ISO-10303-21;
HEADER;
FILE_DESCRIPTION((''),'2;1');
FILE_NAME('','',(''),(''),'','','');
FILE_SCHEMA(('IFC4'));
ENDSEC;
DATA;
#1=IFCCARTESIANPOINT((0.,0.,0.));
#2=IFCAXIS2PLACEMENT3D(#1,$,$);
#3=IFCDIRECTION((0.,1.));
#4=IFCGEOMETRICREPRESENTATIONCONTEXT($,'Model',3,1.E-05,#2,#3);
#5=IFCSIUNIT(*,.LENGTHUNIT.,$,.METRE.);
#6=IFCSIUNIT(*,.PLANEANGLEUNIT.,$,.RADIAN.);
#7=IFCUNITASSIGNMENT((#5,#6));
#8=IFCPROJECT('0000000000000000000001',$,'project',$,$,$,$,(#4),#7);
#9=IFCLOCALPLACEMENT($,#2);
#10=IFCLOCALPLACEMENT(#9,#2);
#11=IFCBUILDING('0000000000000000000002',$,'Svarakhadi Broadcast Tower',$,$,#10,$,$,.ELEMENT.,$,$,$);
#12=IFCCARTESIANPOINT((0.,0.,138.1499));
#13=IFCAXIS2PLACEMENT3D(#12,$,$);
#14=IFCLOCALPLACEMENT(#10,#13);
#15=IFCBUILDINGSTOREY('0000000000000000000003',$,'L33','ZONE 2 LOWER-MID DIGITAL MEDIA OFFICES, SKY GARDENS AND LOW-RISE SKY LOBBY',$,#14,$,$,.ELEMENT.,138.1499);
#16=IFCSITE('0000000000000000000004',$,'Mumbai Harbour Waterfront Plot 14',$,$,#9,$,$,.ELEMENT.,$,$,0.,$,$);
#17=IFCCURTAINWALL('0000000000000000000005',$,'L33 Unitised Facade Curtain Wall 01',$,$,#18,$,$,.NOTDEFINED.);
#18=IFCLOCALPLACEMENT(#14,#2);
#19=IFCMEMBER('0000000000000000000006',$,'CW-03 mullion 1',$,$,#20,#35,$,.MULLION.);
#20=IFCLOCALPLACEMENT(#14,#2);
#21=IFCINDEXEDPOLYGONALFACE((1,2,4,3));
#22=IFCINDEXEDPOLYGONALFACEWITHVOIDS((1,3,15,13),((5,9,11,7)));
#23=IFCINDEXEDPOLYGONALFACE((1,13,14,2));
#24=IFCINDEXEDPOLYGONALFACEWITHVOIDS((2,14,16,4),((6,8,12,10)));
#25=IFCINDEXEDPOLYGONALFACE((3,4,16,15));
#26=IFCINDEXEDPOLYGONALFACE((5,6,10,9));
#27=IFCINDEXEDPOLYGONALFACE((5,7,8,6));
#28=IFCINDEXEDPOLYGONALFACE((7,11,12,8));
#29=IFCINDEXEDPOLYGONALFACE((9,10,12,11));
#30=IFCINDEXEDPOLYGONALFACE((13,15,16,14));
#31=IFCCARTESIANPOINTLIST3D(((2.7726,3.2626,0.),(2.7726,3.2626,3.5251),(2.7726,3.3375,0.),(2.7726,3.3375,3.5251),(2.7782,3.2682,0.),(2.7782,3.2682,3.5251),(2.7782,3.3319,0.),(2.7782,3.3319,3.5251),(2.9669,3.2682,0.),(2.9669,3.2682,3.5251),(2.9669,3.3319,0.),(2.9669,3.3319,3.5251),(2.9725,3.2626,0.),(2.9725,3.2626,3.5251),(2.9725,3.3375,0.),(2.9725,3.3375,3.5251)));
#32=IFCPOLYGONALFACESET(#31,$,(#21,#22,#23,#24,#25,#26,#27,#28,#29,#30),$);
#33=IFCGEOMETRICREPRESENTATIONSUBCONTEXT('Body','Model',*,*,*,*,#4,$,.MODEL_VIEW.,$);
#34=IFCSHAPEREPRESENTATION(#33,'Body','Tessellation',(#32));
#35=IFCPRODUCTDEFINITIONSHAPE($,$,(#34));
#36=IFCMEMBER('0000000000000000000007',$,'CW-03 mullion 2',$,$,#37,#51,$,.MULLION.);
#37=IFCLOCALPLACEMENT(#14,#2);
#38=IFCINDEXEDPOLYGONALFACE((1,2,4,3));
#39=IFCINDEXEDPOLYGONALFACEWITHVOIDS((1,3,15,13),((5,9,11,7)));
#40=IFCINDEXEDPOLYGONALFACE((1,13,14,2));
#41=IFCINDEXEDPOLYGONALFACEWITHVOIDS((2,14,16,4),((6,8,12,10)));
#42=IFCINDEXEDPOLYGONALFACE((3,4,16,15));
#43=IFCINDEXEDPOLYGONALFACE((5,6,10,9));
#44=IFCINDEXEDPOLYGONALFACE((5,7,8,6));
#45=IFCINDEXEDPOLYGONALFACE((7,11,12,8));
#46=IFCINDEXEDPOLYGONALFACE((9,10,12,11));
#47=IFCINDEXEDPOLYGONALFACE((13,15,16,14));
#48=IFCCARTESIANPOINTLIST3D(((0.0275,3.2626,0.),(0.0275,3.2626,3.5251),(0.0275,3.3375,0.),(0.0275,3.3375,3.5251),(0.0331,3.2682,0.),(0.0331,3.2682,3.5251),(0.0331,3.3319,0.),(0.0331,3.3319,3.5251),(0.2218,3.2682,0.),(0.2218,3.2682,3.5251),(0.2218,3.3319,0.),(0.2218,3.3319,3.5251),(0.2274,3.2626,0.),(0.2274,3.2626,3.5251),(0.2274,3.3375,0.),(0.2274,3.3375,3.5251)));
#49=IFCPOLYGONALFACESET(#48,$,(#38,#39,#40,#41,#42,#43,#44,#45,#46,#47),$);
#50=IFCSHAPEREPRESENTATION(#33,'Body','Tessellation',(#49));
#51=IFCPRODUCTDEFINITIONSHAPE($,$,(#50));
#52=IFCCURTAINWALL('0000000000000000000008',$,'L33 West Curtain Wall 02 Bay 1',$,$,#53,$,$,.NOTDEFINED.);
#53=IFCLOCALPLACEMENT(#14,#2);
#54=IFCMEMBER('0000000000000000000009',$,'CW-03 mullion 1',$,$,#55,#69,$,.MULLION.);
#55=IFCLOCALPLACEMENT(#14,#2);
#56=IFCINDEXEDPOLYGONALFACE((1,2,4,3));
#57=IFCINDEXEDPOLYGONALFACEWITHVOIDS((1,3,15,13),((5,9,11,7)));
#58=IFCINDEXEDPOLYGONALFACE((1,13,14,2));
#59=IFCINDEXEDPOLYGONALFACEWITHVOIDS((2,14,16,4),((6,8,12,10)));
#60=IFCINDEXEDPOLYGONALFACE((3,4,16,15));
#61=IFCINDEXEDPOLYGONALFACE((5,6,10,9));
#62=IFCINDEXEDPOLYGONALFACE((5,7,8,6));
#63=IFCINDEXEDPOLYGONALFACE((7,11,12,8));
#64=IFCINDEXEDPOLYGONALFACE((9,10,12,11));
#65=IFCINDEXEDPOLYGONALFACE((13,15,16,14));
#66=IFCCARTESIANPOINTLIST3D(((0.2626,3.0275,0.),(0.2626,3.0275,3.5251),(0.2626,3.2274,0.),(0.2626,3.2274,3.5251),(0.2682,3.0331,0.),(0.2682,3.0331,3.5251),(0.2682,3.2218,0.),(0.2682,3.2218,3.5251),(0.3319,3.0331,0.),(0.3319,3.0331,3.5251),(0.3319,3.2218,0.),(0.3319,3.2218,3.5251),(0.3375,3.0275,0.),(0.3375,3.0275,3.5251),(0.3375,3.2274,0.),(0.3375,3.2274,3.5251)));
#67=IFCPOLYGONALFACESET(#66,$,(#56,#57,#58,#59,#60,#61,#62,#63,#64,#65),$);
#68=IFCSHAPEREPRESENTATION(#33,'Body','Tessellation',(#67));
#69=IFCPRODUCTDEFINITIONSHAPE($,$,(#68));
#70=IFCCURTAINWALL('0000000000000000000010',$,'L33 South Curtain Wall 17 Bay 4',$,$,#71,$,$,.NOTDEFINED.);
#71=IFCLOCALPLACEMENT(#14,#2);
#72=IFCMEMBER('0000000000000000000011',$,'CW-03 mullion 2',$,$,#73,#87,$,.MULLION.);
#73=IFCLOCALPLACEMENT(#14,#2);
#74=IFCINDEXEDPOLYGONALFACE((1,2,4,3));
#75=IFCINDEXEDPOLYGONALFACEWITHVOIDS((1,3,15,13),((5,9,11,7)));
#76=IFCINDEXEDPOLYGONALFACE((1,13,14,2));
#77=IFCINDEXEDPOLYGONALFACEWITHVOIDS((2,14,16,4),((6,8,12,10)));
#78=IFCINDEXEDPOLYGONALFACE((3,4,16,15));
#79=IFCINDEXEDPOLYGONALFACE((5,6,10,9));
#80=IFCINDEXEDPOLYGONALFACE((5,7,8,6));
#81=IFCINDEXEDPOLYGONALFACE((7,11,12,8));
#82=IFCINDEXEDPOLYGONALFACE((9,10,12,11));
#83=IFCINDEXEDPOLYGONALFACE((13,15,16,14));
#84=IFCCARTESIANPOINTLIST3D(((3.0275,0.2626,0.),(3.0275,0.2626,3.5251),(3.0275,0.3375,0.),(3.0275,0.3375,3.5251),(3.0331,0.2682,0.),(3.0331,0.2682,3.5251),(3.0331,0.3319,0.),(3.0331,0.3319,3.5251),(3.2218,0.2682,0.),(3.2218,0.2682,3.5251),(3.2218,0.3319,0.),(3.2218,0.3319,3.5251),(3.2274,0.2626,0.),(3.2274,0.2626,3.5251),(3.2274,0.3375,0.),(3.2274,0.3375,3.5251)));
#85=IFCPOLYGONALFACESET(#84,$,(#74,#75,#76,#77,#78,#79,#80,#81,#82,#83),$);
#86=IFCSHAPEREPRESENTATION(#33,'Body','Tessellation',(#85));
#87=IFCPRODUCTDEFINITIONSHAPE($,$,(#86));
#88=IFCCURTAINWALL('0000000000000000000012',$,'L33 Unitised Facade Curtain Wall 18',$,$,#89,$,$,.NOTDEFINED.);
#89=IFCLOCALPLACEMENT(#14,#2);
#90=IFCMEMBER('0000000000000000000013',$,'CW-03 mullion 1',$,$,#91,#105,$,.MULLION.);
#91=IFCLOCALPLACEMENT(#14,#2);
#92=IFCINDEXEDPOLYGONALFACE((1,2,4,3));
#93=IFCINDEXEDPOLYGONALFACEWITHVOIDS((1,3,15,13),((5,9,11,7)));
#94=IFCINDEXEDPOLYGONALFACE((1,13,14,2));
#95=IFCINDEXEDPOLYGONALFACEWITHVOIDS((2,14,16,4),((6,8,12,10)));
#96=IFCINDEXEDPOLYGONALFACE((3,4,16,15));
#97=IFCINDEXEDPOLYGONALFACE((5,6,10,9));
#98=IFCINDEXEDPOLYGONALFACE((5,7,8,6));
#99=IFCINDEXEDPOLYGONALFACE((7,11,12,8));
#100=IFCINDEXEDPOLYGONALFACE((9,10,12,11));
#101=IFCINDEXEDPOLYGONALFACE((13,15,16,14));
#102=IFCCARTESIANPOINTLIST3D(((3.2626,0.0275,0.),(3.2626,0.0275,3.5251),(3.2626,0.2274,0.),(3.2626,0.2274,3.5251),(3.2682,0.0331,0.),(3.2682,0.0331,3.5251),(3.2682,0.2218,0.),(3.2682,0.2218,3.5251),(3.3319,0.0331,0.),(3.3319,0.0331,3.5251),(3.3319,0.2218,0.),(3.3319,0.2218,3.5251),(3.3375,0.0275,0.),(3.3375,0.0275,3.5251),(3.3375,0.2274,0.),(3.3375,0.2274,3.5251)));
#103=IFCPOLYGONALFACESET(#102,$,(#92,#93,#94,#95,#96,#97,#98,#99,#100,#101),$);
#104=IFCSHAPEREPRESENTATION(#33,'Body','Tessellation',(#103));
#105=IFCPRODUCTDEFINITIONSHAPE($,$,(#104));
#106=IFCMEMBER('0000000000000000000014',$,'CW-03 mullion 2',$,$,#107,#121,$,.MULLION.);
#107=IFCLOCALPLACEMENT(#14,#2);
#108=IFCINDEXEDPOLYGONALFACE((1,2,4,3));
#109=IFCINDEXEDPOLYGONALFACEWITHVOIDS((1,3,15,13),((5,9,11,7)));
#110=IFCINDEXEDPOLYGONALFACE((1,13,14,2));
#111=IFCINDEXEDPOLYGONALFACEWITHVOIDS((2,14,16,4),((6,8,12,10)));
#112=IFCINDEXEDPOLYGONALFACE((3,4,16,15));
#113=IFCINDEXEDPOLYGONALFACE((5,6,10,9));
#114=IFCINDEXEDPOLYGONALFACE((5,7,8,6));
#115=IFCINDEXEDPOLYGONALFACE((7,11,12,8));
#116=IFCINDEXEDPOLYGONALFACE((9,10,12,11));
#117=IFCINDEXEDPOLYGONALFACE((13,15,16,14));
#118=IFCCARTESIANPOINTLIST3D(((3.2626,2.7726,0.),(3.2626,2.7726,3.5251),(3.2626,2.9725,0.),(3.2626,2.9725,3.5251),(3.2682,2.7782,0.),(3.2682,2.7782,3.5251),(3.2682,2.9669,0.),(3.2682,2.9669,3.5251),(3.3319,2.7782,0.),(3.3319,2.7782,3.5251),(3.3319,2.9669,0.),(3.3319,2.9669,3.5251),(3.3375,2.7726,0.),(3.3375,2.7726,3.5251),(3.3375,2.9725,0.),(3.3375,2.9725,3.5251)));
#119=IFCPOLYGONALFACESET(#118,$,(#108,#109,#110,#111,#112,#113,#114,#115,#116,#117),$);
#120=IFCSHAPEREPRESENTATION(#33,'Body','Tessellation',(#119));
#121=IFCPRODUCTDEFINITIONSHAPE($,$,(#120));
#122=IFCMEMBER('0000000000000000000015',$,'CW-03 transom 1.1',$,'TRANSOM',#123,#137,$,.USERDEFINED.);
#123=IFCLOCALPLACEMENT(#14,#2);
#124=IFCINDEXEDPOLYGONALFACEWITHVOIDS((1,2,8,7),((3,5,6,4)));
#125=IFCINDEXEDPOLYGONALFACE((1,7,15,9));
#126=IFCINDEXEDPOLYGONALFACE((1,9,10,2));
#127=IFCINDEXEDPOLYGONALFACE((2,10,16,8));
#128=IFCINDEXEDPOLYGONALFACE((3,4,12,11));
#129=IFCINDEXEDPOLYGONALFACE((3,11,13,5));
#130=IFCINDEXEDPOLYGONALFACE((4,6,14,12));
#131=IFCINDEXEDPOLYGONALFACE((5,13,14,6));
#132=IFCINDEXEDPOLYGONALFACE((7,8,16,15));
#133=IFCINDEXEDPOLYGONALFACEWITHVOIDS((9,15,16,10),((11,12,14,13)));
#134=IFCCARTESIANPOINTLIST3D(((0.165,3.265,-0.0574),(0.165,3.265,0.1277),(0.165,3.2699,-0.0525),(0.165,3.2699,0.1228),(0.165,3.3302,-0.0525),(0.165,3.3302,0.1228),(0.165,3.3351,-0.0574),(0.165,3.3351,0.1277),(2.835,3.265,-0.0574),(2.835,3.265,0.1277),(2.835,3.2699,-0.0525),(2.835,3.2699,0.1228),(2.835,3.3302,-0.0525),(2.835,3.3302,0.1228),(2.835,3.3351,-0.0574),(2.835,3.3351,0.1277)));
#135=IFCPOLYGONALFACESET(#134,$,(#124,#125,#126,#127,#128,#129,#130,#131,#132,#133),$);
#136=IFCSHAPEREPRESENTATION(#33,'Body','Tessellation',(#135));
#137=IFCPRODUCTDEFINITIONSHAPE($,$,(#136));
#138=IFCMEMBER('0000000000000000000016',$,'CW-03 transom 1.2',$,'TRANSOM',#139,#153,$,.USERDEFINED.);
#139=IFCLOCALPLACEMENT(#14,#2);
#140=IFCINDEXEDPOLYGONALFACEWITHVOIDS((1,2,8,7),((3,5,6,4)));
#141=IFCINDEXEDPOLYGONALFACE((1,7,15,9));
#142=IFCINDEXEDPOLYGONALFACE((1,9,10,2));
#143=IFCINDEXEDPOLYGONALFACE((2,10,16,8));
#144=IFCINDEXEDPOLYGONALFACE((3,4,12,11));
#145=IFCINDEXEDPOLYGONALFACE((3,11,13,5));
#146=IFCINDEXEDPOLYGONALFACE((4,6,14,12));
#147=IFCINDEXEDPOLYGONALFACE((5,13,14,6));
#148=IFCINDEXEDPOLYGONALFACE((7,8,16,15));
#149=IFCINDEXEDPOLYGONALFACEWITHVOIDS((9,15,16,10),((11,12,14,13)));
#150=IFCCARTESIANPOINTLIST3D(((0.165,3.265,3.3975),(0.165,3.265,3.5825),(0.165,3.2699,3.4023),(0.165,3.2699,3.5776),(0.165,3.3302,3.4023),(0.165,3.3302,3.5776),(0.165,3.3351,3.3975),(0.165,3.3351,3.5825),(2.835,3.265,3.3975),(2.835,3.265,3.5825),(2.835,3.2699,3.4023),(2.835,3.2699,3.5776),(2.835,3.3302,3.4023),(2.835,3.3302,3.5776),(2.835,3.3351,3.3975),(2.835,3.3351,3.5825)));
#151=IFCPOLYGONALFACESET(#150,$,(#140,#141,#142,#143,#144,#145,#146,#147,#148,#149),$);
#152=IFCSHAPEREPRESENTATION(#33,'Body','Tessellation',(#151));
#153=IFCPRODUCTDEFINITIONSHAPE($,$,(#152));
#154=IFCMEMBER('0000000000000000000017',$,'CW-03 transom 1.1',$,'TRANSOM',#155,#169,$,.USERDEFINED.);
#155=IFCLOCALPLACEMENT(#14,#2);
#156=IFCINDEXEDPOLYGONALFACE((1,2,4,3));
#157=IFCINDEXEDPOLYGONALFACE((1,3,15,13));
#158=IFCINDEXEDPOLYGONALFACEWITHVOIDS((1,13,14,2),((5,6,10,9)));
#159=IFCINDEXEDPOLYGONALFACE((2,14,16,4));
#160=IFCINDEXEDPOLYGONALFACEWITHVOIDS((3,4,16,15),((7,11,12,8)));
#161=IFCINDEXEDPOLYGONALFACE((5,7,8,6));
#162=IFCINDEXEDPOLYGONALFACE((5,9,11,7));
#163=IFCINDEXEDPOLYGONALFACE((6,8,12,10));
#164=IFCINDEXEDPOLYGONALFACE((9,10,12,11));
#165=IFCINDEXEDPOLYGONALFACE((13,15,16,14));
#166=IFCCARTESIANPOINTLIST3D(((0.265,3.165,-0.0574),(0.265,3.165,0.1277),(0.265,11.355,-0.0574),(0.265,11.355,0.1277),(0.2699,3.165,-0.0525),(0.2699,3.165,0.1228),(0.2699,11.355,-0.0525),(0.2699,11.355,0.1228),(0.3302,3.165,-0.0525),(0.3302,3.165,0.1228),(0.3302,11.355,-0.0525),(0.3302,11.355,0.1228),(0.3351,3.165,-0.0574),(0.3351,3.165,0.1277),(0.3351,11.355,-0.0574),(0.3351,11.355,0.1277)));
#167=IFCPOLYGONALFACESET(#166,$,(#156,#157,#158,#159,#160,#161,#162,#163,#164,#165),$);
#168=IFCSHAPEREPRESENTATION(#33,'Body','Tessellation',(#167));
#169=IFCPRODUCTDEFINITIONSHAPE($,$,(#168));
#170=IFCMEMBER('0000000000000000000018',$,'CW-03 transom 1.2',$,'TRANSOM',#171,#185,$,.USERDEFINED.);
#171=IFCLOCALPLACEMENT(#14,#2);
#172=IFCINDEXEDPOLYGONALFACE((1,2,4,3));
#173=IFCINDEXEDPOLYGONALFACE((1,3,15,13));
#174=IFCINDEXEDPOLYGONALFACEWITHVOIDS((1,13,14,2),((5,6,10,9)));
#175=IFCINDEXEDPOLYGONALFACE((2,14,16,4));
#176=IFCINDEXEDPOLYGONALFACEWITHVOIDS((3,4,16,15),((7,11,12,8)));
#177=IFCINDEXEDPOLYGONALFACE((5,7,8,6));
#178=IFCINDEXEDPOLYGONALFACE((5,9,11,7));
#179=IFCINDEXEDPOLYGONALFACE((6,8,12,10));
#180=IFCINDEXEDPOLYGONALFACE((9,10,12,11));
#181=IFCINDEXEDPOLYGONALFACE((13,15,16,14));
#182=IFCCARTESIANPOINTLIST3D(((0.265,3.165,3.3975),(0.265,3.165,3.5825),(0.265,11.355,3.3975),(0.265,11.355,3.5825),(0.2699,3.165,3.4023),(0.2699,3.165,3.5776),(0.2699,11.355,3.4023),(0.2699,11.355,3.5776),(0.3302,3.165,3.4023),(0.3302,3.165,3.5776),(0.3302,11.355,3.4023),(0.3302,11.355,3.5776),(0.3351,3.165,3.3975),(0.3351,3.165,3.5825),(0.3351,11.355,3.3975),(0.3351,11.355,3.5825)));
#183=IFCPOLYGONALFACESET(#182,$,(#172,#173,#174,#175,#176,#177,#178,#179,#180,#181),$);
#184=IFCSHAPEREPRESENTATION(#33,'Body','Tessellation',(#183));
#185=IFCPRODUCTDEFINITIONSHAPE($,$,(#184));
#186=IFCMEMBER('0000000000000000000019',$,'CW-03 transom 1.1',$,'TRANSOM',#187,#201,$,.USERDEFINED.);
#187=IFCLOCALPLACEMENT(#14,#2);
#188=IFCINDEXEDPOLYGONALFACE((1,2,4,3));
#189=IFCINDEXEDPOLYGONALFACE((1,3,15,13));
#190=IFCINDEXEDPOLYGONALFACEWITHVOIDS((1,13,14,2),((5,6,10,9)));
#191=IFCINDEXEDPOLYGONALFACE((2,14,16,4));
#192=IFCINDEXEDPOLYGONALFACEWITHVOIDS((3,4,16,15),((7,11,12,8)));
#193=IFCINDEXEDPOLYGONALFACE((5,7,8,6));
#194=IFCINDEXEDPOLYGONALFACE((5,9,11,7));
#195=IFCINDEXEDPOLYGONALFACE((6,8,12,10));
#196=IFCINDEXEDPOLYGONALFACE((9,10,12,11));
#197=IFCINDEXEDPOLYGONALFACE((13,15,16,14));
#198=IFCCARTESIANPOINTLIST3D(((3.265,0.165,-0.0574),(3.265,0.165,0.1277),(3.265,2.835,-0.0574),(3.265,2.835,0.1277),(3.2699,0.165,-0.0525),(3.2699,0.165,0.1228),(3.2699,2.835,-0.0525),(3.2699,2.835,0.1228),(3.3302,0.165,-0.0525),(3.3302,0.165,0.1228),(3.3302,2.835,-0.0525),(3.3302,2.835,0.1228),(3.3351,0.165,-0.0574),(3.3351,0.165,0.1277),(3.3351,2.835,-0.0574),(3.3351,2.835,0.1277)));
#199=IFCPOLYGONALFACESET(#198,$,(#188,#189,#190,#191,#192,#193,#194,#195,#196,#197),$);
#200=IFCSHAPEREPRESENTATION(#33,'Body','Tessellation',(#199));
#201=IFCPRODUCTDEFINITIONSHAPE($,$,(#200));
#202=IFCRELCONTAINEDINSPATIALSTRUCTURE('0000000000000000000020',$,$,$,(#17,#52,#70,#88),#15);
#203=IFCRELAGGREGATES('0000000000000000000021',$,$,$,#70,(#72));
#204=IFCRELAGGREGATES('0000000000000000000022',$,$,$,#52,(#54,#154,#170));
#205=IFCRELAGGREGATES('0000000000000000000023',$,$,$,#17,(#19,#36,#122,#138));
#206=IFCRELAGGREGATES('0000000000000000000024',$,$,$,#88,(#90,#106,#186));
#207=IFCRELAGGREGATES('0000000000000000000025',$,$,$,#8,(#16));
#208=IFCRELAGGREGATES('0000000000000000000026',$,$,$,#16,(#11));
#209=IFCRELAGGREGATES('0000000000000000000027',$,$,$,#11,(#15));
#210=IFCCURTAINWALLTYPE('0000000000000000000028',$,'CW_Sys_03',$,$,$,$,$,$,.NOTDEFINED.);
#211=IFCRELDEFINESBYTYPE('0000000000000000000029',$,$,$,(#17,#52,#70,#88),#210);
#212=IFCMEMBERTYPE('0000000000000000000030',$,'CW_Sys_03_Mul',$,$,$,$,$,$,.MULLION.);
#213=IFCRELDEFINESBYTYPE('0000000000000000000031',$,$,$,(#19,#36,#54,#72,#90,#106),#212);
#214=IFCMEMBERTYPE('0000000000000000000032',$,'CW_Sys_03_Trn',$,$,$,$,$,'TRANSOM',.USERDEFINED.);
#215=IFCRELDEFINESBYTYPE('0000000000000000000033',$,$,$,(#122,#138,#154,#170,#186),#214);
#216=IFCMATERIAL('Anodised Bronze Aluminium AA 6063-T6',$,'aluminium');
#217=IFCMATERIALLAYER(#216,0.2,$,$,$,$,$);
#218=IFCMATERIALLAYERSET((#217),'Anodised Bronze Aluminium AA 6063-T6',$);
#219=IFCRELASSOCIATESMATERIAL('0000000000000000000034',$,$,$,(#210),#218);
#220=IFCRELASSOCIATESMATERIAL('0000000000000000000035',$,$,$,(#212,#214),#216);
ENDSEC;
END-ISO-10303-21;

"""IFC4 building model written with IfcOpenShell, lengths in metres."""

from ifc_helpers import new_model, si_unit, direction, frame, origin, origin_2d, place, context, subcontext, project, spatial, hollow_rectangle, extrude, material, layer, layer_set, material_profile, profile_set, type_object, element, aggregate, save


model = new_model("IFC4")

# Units and contexts
model_context = context("Model", 3, precision=1e-05, world=origin(), true_north=direction((0.0, 1.0)))
body_context = subcontext(model_context, "Body", "Model", "MODEL_VIEW")
ifc_project = project(units=[si_unit("LENGTHUNIT", "METRE"), si_unit("PLANEANGLEUNIT", "RADIAN")], contexts=[model_context])

# Site, building, storey
site_placement = place(None, origin())
site = spatial("IfcSite", under=ifc_project, at=site_placement, Name="Mumbai Harbour Waterfront Plot 14", CompositionType="ELEMENT", RefElevation=0.0)
building_placement = place(site_placement, origin())
building = spatial("IfcBuilding", under=site, at=building_placement, Name="Svarakhadi Broadcast Tower", CompositionType="ELEMENT")
storey_placement = place(building_placement, frame((0.0, 0.0, 138.1499)))
storey = spatial("IfcBuildingStorey", under=building, at=storey_placement, Name="L33", Description="ZONE 2 LOWER-MID DIGITAL MEDIA OFFICES, SKY GARDENS AND LOW-RISE SKY LOBBY", CompositionType="ELEMENT", Elevation=138.1499)

# Curtain wall, members
ifc_material_1 = material(Name="Anodised Bronze Aluminium AA 6063-T6", Category="aluminium")
ifc_layer_1 = layer(ifc_material_1, 0.2)
ifc_layer_set_1 = layer_set([ifc_layer_1], Name="Anodised Bronze Aluminium AA 6063-T6")
curtain_wall_type = type_object("IfcCurtainWallType", Name="CW_Sys_03", PredefinedType="NOTDEFINED", material=ifc_layer_set_1)
curtain_wall_1_placement = place(storey_placement, origin())
curtain_wall_1 = element("IfcCurtainWall", 1, at=curtain_wall_1_placement, inside=storey, type_object=curtain_wall_type, Name="L33 Unitised Facade Curtain Wall 01", PredefinedType="NOTDEFINED")
ifc_material_profile_1 = material_profile(ifc_material_1, hollow_rectangle(XDim=0.075, YDim=0.2, WallThickness=0.0056, at=origin_2d()), Name="ALU MULLION 200x75x6")
ifc_profile_set_1 = profile_set([ifc_material_profile_1], Name="Anodised Bronze Aluminium AA 6063-T6")
member_type_1 = type_object("IfcMemberType", Name="CW_Sys_03_Mul", PredefinedType="MULLION", material=ifc_profile_set_1)
member_1_placement = place(storey_placement, frame((2.8726, 3.3, 0.0), z_axis=(0.0, 0.0, 1.0), x_axis=(0.0, -1.0, 0.0)))
member_1 = element("IfcMember", 2, at=member_1_placement, type_object=member_type_1, Name="CW-03 mullion 1", PredefinedType="MULLION", context=body_context, shape_type="SweptSolid", body=[
    extrude(hollow_rectangle(XDim=0.075, YDim=0.2, WallThickness=0.0056, at=origin_2d()), origin(), (0.0, 0.0, 1.0), 3.5251),
])
member_2_placement = place(storey_placement, frame((0.1274, 3.3, 0.0), z_axis=(0.0, 0.0, 1.0), x_axis=(0.0, -1.0, 0.0)))
member_2 = element("IfcMember", 3, at=member_2_placement, type_object=member_type_1, Name="CW-03 mullion 2", PredefinedType="MULLION", context=body_context, shape_type="SweptSolid", body=[
    extrude(hollow_rectangle(XDim=0.075, YDim=0.2, WallThickness=0.0056, at=origin_2d()), origin(), (0.0, 0.0, 1.0), 3.5251),
])

# Curtain walls, members
curtain_wall_2_placement = place(storey_placement, origin())
curtain_wall_2 = element("IfcCurtainWall", 4, at=curtain_wall_2_placement, inside=storey, type_object=curtain_wall_type, Name="L33 West Curtain Wall 02 Bay 1", PredefinedType="NOTDEFINED")
member_3_placement = place(storey_placement, frame((0.3, 3.1274, 0.0), z_axis=(0.0, 0.0, 1.0), x_axis=(-1.0, 0.0, 0.0)))
member_3 = element("IfcMember", 5, at=member_3_placement, type_object=member_type_1, Name="CW-03 mullion 1", PredefinedType="MULLION", context=body_context, shape_type="SweptSolid", body=[
    extrude(hollow_rectangle(XDim=0.075, YDim=0.2, WallThickness=0.0056, at=origin_2d()), origin(), (0.0, 0.0, 1.0), 3.5251),
])
curtain_wall_3_placement = place(storey_placement, origin())
curtain_wall_3 = element("IfcCurtainWall", 6, at=curtain_wall_3_placement, inside=storey, type_object=curtain_wall_type, Name="L33 South Curtain Wall 17 Bay 4", PredefinedType="NOTDEFINED")
member_4_placement = place(storey_placement, frame((3.1274, 0.3, 0.0), z_axis=(0.0, 0.0, 1.0), x_axis=(0.0, -1.0, 0.0)))
member_4 = element("IfcMember", 7, at=member_4_placement, type_object=member_type_1, Name="CW-03 mullion 2", PredefinedType="MULLION", context=body_context, shape_type="SweptSolid", body=[
    extrude(hollow_rectangle(XDim=0.075, YDim=0.2, WallThickness=0.0056, at=origin_2d()), origin(), (0.0, 0.0, 1.0), 3.5251),
])
aggregate(curtain_wall_3, [member_4])

# Curtain wall, members
curtain_wall_4_placement = place(storey_placement, origin())
curtain_wall_4 = element("IfcCurtainWall", 8, at=curtain_wall_4_placement, inside=storey, type_object=curtain_wall_type, Name="L33 Unitised Facade Curtain Wall 18", PredefinedType="NOTDEFINED")
member_5_placement = place(storey_placement, frame((3.3, 0.1274, 0.0), z_axis=(0.0, 0.0, 1.0), x_axis=(-1.0, 0.0, 0.0)))
member_5 = element("IfcMember", 9, at=member_5_placement, type_object=member_type_1, Name="CW-03 mullion 1", PredefinedType="MULLION", context=body_context, shape_type="SweptSolid", body=[
    extrude(hollow_rectangle(XDim=0.075, YDim=0.2, WallThickness=0.0056, at=origin_2d()), origin(), (0.0, 0.0, 1.0), 3.5251),
])
member_6_placement = place(storey_placement, frame((3.3, 2.8726, 0.0), z_axis=(0.0, 0.0, 1.0), x_axis=(-1.0, 0.0, 0.0)))
member_6 = element("IfcMember", 10, at=member_6_placement, type_object=member_type_1, Name="CW-03 mullion 2", PredefinedType="MULLION", context=body_context, shape_type="SweptSolid", body=[
    extrude(hollow_rectangle(XDim=0.075, YDim=0.2, WallThickness=0.0056, at=origin_2d()), origin(), (0.0, 0.0, 1.0), 3.5251),
])

# Members
ifc_material_profile_2 = material_profile(ifc_material_1, hollow_rectangle(XDim=0.0701, YDim=0.1851, WallThickness=0.0049, at=origin_2d()), Name="ALU TRANSOM 185x70x5")
ifc_profile_set_2 = profile_set([ifc_material_profile_2], Name="Anodised Bronze Aluminium AA 6063-T6")
member_type_2 = type_object("IfcMemberType", Name="CW_Sys_03_Trn", ElementType="TRANSOM", PredefinedType="USERDEFINED", material=ifc_profile_set_2)
member_7_placement = place(storey_placement, frame((2.835, 3.3, 0.0352), z_axis=(-1.0, 0.0, 0.0), x_axis=(0.0, -1.0, 0.0)))
member_7 = element("IfcMember", 11, at=member_7_placement, type_object=member_type_2, Name="CW-03 transom 1.1", ObjectType="TRANSOM", PredefinedType="USERDEFINED", context=body_context, shape_type="SweptSolid", body=[
    extrude(hollow_rectangle(XDim=0.0701, YDim=0.1851, WallThickness=0.0049, at=origin_2d()), origin(), (0.0, 0.0, 1.0), 2.6699),
])
member_8_placement = place(storey_placement, frame((2.835, 3.3, 3.49), z_axis=(-1.0, 0.0, 0.0), x_axis=(0.0, -1.0, 0.0)))
member_8 = element("IfcMember", 12, at=member_8_placement, type_object=member_type_2, Name="CW-03 transom 1.2", ObjectType="TRANSOM", PredefinedType="USERDEFINED", context=body_context, shape_type="SweptSolid", body=[
    extrude(hollow_rectangle(XDim=0.0701, YDim=0.1851, WallThickness=0.0049, at=origin_2d()), origin(), (0.0, 0.0, 1.0), 2.6699),
])
member_9_placement = place(storey_placement, frame((0.3, 3.165, 0.0352), z_axis=(0.0, 1.0, 0.0), x_axis=(-1.0, 0.0, 0.0)))
member_9 = element("IfcMember", 13, at=member_9_placement, type_object=member_type_2, Name="CW-03 transom 1.1", ObjectType="TRANSOM", PredefinedType="USERDEFINED", context=body_context, shape_type="SweptSolid", body=[
    extrude(hollow_rectangle(XDim=0.0701, YDim=0.1851, WallThickness=0.0049, at=origin_2d()), origin(), (0.0, 0.0, 1.0), 8.1899),
])
member_10_placement = place(storey_placement, frame((0.3, 3.165, 3.49), z_axis=(0.0, 1.0, 0.0), x_axis=(-1.0, 0.0, 0.0)))
member_10 = element("IfcMember", 14, at=member_10_placement, type_object=member_type_2, Name="CW-03 transom 1.2", ObjectType="TRANSOM", PredefinedType="USERDEFINED", context=body_context, shape_type="SweptSolid", body=[
    extrude(hollow_rectangle(XDim=0.0701, YDim=0.1851, WallThickness=0.0049, at=origin_2d()), origin(), (0.0, 0.0, 1.0), 8.1899),
])
aggregate(curtain_wall_2, [member_3, member_9, member_10])
member_11_placement = place(storey_placement, frame((3.3, 0.165, 0.0352), z_axis=(0.0, 1.0, 0.0), x_axis=(-1.0, 0.0, 0.0)))
member_11 = element("IfcMember", 15, at=member_11_placement, type_object=member_type_2, Name="CW-03 transom 1.1", ObjectType="TRANSOM", PredefinedType="USERDEFINED", context=body_context, shape_type="SweptSolid", body=[
    extrude(hollow_rectangle(XDim=0.0701, YDim=0.1851, WallThickness=0.0049, at=origin_2d()), origin(), (0.0, 0.0, 1.0), 2.6699),
])

aggregate(curtain_wall_1, [member_1, member_2, member_7, member_8])
aggregate(curtain_wall_4, [member_5, member_6, member_11])

save(model, "model.ifc")
